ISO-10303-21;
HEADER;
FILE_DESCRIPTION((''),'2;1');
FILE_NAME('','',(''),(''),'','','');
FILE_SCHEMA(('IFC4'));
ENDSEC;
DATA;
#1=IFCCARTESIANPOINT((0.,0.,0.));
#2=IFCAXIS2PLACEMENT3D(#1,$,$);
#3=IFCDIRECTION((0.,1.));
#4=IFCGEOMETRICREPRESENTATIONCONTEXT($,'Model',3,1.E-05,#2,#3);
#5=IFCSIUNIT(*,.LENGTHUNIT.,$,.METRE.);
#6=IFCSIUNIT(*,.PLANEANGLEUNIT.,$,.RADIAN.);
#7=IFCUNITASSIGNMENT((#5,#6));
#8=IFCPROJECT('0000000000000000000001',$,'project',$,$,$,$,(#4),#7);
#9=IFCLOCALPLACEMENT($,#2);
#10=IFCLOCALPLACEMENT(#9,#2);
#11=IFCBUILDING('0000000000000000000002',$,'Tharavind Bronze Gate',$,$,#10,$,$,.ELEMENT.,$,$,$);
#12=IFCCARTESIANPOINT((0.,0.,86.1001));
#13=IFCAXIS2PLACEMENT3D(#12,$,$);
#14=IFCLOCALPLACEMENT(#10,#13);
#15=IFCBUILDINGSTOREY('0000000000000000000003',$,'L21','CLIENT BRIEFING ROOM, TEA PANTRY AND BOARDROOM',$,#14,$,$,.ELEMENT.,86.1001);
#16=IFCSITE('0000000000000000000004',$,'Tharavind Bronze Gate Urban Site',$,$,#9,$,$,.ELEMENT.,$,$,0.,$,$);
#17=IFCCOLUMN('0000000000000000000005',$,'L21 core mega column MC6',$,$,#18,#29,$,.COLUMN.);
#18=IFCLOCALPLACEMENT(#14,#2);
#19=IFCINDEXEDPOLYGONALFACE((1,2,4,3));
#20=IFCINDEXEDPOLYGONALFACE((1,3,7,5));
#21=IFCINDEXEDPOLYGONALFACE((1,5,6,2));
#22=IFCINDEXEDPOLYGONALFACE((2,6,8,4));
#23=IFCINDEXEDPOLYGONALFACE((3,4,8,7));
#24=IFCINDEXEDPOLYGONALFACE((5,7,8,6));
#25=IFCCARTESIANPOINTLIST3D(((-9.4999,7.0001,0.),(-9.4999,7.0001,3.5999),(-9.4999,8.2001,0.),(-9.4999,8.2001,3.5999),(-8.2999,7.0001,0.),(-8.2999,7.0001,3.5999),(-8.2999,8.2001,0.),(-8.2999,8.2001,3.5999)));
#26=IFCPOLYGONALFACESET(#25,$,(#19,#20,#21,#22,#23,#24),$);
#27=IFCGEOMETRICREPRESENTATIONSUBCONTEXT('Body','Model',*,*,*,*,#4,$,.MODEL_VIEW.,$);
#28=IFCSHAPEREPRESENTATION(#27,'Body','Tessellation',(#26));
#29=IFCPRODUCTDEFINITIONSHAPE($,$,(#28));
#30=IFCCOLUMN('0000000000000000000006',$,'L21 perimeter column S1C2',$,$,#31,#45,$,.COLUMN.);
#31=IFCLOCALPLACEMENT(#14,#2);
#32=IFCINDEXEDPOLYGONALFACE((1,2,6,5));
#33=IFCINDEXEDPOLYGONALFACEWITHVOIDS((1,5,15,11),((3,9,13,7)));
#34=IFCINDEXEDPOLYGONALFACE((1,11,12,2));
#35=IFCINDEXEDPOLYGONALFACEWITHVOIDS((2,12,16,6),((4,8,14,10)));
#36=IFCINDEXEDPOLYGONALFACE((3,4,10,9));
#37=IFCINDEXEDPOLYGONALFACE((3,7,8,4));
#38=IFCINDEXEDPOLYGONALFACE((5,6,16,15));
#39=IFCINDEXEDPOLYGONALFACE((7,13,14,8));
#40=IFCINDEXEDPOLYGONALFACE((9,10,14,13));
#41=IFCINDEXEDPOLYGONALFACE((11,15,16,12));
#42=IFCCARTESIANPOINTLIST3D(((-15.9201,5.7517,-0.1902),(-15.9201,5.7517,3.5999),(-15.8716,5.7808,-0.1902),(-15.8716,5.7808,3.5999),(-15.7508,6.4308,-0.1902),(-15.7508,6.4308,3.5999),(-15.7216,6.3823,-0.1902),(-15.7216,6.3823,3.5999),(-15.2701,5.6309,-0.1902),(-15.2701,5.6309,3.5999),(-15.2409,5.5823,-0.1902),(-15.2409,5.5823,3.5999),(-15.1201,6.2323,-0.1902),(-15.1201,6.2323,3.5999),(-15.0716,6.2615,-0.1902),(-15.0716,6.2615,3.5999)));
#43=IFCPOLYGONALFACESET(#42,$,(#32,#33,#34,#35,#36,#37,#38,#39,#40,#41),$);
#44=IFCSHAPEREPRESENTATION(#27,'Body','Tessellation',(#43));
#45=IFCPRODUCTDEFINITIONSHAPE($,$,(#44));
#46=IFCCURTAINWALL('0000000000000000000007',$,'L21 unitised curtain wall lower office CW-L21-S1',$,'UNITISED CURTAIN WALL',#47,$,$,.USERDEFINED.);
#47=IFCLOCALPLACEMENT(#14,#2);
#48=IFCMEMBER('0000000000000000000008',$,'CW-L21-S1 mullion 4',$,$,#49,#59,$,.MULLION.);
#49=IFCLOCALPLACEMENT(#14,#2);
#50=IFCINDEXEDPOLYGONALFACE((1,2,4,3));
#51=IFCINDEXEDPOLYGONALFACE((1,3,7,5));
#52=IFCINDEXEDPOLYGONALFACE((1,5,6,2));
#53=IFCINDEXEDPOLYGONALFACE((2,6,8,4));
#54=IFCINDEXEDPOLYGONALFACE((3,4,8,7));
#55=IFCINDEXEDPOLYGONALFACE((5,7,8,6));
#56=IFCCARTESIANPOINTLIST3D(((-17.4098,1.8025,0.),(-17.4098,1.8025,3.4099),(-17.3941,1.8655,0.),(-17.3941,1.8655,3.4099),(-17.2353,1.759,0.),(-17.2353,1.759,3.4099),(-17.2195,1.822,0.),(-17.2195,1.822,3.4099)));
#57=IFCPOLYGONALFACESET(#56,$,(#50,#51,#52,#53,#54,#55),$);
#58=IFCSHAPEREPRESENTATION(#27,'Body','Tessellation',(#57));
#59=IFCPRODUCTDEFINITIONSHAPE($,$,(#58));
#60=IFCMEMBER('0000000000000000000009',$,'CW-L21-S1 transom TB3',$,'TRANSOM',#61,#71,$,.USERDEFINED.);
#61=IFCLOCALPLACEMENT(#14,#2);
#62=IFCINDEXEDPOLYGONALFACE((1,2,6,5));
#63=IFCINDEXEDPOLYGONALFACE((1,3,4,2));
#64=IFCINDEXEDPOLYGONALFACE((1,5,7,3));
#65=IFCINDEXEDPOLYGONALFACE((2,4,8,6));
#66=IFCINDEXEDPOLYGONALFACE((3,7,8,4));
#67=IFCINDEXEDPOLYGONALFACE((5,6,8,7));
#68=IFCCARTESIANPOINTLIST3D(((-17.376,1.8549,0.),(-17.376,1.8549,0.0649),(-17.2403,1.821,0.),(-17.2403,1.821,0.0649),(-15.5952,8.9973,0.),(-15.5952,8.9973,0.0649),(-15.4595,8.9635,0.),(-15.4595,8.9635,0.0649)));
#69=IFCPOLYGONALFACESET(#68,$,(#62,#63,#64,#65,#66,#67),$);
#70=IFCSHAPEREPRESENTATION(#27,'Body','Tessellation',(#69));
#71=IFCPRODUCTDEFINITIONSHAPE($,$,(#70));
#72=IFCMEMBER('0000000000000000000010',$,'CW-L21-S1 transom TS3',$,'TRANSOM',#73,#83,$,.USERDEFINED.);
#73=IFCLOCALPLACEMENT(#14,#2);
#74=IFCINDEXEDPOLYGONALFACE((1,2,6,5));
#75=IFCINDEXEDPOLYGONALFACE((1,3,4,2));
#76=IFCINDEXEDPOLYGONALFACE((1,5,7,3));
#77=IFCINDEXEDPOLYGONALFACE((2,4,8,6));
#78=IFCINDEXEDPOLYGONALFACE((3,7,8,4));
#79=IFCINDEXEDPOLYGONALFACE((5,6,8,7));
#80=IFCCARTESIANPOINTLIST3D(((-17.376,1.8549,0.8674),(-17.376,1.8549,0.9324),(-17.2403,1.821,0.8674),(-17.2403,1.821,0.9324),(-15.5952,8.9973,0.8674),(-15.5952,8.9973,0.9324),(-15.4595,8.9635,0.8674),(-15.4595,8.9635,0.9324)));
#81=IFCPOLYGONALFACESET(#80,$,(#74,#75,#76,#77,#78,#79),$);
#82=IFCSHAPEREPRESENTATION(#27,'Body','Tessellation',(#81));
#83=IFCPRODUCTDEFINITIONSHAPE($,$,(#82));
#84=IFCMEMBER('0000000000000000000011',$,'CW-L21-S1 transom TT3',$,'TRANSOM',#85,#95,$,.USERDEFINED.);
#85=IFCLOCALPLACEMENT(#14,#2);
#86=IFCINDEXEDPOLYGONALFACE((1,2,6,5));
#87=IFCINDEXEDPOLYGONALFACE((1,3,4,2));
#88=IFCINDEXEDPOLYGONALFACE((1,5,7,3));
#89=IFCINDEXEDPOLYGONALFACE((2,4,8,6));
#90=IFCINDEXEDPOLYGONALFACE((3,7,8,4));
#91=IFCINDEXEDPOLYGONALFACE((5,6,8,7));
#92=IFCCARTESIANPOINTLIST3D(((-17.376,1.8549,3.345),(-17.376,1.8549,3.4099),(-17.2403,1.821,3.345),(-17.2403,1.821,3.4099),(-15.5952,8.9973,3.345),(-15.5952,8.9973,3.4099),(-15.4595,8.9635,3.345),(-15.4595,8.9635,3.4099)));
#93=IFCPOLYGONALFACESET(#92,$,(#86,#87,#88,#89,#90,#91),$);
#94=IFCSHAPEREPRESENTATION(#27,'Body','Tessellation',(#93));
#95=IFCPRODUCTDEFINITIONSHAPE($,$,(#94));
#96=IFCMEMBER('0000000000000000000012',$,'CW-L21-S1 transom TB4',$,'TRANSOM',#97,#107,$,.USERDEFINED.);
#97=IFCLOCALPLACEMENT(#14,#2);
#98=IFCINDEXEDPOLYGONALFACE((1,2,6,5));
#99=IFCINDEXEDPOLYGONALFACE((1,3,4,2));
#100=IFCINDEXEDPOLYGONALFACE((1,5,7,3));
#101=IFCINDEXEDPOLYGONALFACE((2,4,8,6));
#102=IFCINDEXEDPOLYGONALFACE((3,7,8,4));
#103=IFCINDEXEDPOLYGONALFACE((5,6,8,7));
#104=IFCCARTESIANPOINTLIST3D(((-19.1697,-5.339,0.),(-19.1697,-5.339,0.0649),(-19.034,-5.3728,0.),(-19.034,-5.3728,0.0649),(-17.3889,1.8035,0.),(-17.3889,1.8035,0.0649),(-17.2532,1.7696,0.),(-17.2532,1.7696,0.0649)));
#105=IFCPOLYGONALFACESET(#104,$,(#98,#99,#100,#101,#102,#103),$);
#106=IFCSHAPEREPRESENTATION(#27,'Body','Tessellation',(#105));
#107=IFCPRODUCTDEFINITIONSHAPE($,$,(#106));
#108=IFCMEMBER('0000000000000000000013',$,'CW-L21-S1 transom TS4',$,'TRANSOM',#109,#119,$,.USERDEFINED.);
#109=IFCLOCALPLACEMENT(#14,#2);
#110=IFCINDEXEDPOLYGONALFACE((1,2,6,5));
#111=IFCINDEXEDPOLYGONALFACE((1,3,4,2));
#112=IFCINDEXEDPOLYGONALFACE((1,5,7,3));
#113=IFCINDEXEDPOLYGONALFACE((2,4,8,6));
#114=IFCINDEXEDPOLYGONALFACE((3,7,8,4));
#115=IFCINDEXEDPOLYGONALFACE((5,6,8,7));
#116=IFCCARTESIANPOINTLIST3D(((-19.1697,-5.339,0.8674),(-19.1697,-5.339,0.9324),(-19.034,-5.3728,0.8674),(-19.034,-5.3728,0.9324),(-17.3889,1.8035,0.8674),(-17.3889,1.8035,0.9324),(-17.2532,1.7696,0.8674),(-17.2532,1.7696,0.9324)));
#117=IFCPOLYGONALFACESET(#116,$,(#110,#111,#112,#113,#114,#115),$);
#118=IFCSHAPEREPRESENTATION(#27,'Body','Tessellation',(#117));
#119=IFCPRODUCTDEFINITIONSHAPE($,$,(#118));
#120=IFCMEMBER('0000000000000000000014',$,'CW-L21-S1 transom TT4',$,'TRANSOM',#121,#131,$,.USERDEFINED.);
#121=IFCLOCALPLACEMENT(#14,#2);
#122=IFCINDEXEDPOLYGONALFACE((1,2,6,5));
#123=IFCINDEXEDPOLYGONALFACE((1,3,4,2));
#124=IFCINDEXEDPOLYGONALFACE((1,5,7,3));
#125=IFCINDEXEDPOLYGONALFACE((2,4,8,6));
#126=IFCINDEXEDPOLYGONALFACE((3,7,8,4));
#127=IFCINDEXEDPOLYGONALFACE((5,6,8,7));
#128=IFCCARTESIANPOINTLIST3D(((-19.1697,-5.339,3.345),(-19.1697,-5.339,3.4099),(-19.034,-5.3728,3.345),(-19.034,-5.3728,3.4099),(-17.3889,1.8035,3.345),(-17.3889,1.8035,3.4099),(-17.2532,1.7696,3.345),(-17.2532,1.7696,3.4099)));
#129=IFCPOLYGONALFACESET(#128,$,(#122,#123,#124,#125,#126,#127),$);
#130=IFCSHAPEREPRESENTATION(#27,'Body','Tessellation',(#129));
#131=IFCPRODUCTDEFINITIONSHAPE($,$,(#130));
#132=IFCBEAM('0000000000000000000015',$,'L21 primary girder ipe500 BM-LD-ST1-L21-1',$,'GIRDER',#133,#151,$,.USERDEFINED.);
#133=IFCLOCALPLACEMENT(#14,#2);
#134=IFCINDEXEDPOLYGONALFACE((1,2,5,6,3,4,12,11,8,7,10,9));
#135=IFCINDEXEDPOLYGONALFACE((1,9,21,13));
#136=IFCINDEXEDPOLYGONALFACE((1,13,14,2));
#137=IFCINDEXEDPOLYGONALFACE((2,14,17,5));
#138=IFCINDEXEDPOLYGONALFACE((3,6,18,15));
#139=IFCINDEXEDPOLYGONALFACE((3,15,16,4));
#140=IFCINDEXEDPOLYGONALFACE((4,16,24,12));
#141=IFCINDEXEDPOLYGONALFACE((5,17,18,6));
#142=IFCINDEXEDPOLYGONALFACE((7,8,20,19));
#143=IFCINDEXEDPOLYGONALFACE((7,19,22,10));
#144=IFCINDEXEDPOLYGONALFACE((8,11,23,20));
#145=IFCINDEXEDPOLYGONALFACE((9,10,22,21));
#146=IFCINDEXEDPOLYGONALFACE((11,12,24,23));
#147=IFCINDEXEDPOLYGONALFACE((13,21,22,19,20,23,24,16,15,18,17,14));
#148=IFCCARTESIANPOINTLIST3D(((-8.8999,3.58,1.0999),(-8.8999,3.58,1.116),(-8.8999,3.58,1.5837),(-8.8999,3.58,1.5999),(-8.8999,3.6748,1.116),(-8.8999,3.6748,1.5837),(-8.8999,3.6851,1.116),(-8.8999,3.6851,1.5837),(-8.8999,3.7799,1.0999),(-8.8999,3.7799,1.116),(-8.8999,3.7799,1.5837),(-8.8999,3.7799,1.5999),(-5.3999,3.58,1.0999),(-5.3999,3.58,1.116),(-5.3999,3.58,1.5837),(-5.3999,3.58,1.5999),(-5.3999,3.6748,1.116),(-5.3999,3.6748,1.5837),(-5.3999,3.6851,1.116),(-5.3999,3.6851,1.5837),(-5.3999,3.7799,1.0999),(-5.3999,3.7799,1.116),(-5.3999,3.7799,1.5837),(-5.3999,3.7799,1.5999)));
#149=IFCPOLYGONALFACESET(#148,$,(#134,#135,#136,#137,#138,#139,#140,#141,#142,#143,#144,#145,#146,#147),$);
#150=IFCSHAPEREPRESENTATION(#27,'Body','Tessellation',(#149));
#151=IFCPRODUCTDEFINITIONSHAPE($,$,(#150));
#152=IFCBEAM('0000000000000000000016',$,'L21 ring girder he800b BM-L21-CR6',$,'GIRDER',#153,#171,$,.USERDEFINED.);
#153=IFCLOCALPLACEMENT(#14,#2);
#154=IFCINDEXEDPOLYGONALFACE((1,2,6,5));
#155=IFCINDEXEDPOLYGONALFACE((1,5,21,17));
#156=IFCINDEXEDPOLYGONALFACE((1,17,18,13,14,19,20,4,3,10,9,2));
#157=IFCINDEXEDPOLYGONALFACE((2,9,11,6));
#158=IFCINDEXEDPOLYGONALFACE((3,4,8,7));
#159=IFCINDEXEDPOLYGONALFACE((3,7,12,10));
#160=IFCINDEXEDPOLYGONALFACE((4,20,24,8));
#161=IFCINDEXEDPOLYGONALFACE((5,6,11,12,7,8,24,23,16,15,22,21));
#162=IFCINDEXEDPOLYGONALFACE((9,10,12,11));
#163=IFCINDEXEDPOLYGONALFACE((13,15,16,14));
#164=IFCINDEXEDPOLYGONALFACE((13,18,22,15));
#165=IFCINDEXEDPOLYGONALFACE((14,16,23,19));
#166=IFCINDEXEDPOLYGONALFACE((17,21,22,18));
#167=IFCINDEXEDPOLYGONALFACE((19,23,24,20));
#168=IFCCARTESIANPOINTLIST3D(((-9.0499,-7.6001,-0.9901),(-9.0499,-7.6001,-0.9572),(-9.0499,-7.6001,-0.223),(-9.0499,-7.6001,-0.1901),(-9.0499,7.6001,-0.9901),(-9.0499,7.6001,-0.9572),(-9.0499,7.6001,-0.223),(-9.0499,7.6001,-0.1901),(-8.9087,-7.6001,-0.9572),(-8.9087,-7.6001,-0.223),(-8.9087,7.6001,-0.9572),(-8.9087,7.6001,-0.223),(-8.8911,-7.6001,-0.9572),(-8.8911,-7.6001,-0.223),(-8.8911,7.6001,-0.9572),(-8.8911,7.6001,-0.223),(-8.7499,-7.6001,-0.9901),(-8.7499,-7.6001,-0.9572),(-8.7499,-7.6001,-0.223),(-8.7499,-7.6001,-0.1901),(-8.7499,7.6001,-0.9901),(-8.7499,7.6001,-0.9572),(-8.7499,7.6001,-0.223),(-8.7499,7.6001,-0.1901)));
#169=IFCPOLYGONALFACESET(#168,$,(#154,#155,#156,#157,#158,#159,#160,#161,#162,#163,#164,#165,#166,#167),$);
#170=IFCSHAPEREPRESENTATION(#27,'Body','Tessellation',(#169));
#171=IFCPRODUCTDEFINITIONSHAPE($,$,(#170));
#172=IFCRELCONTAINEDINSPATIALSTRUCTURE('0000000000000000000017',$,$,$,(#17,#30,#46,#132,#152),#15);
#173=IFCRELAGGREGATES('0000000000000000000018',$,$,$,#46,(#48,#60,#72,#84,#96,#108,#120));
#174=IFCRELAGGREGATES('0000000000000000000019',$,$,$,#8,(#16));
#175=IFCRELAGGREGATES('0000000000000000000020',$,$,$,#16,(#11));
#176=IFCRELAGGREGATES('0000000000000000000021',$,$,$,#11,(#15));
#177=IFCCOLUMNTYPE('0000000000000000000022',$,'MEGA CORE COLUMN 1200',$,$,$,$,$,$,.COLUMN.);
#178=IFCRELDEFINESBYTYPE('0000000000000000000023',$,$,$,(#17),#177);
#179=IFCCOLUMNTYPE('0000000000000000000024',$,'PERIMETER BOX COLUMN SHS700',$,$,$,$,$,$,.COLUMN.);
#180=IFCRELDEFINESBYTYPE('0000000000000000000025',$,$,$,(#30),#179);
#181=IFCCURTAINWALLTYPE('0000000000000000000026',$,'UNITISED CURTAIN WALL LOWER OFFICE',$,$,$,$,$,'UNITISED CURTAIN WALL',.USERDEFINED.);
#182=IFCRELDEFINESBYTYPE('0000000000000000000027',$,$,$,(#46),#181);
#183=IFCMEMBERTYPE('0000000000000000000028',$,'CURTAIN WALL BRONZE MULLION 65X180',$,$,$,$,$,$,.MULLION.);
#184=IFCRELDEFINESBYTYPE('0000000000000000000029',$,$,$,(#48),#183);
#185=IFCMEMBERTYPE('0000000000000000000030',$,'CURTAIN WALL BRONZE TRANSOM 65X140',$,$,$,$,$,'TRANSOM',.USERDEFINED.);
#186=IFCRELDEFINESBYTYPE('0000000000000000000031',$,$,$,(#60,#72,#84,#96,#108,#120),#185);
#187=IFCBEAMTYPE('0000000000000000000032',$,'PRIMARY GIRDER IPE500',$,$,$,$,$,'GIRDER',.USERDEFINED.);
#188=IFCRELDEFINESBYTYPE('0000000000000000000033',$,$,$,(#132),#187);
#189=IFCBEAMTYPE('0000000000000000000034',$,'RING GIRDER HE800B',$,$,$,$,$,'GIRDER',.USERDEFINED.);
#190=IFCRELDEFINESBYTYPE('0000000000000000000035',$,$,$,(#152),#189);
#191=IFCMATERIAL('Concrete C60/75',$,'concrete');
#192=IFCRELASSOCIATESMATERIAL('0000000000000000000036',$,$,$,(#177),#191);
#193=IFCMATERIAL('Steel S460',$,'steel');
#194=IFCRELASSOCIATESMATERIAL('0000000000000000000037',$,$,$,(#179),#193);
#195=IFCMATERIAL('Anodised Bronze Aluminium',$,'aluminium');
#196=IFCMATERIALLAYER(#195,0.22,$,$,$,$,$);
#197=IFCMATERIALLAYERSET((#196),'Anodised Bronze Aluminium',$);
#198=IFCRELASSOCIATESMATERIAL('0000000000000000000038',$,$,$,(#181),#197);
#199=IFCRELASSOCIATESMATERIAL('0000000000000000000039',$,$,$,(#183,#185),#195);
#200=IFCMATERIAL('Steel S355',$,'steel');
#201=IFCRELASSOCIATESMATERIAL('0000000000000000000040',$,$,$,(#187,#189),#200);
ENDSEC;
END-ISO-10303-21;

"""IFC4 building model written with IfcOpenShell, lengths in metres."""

from ifc_helpers import new_model, si_unit, direction, frame, origin, origin_2d, place, context, subcontext, project, spatial, rectangle, hollow_rectangle, i_section, extrude, material, layer, layer_set, material_profile, profile_set, type_object, element, aggregate, save


model = new_model("IFC4")

# Units and contexts
model_context = context("Model", 3, precision=1e-05, world=origin(), true_north=direction((0.0, 1.0)))
body_context = subcontext(model_context, "Body", "Model", "MODEL_VIEW")
ifc_project = project(units=[si_unit("LENGTHUNIT", "METRE"), si_unit("PLANEANGLEUNIT", "RADIAN")], contexts=[model_context])

# Site, building, storey
site_placement = place(None, origin())
site = spatial("IfcSite", under=ifc_project, at=site_placement, Name="Tharavind Bronze Gate Urban Site", CompositionType="ELEMENT", RefElevation=0.0)
building_placement = place(site_placement, origin())
building = spatial("IfcBuilding", under=site, at=building_placement, Name="Tharavind Bronze Gate", CompositionType="ELEMENT")
storey_placement = place(building_placement, frame((0.0, 0.0, 86.1001)))
storey = spatial("IfcBuildingStorey", under=building, at=storey_placement, Name="L21", Description="CLIENT BRIEFING ROOM, TEA PANTRY AND BOARDROOM", CompositionType="ELEMENT", Elevation=86.1001)

# Columns
ifc_material_1 = material(Name="Concrete C60/75", Category="concrete")
ifc_material_profile_1 = material_profile(ifc_material_1, rectangle(XDim=1.2, YDim=1.2, at=origin_2d()), Name="RCCOL1200")
ifc_profile_set_1 = profile_set([ifc_material_profile_1], Name="Concrete C60/75")
column_type_1 = type_object("IfcColumnType", Name="MEGA CORE COLUMN 1200", PredefinedType="COLUMN", material=ifc_profile_set_1)
column_1_placement = place(storey_placement, frame((-8.8999, 7.6001, 0.0), z_axis=(0.0, 0.0, 1.0), x_axis=(1.0, 0.0, 0.0)))
element("IfcColumn", 1, at=column_1_placement, inside=storey, type_object=column_type_1, Name="L21 core mega column MC6", PredefinedType="COLUMN", context=body_context, shape_type="SweptSolid", body=[
    extrude(rectangle(XDim=1.2, YDim=1.2, at=origin_2d()), origin(), (0.0, 0.0, 1.0), 3.5999),
])
ifc_material_2 = material(Name="Steel S460", Category="steel")
ifc_material_profile_2 = material_profile(ifc_material_2, hollow_rectangle(XDim=0.7, YDim=0.7, WallThickness=0.04, at=origin_2d()), Name="SHS700X40")
ifc_profile_set_2 = profile_set([ifc_material_profile_2], Name="Steel S460")
column_type_2 = type_object("IfcColumnType", Name="PERIMETER BOX COLUMN SHS700", PredefinedType="COLUMN", material=ifc_profile_set_2)
column_2_placement = place(storey_placement, frame((-15.4958, 6.0066, -0.1902), z_axis=(0.0, 0.0, 1.0), x_axis=(0.241922, 0.970296, 0.0)))
element("IfcColumn", 2, at=column_2_placement, inside=storey, type_object=column_type_2, Name="L21 perimeter column S1C2", PredefinedType="COLUMN", context=body_context, shape_type="SweptSolid", body=[
    extrude(hollow_rectangle(XDim=0.7, YDim=0.7, WallThickness=0.04, at=origin_2d()), origin(), (0.0, 0.0, 1.0), 3.79),
])

# Curtain wall, members
ifc_material_3 = material(Name="Anodised Bronze Aluminium", Category="aluminium")
ifc_layer_1 = layer(ifc_material_3, 0.22)
ifc_layer_set_1 = layer_set([ifc_layer_1], Name="Anodised Bronze Aluminium")
curtain_wall_type = type_object("IfcCurtainWallType", Name="UNITISED CURTAIN WALL LOWER OFFICE", ElementType="UNITISED CURTAIN WALL", PredefinedType="USERDEFINED", material=ifc_layer_set_1)
curtain_wall_placement = place(storey_placement, origin())
curtain_wall = element("IfcCurtainWall", 3, at=curtain_wall_placement, inside=storey, type_object=curtain_wall_type, Name="L21 unitised curtain wall lower office CW-L21-S1", ObjectType="UNITISED CURTAIN WALL", PredefinedType="USERDEFINED")
member_type_1 = type_object("IfcMemberType", Name="CURTAIN WALL BRONZE MULLION 65X180", PredefinedType="MULLION", material=ifc_material_3)
member_1_placement = place(storey_placement, frame((-17.3147, 1.8123, 0.0), z_axis=(0.0, 0.0, 1.0), x_axis=(-0.241922, -0.970296, 0.0)))
member_1 = element("IfcMember", 4, at=member_1_placement, type_object=member_type_1, Name="CW-L21-S1 mullion 4", PredefinedType="MULLION", context=body_context, shape_type="SweptSolid", body=[
    extrude(rectangle(XDim=0.0649, YDim=0.1799, at=origin_2d()), origin(), (0.0, 0.0, 1.0), 3.4099),
])
member_type_2 = type_object("IfcMemberType", Name="CURTAIN WALL BRONZE TRANSOM 65X140", ElementType="TRANSOM", PredefinedType="USERDEFINED", material=ifc_material_3)
member_2_placement = place(storey_placement, frame((-16.4177, 5.4092, 0.0), z_axis=(0.0, 0.0, 1.0), x_axis=(-0.241922, -0.970296, 0.0)))
member_2 = element("IfcMember", 5, at=member_2_placement, type_object=member_type_2, Name="CW-L21-S1 transom TB3", ObjectType="TRANSOM", PredefinedType="USERDEFINED", context=body_context, shape_type="SweptSolid", body=[
    extrude(rectangle(XDim=7.3611, YDim=0.1399, at=origin_2d()), origin(), (0.0, 0.0, 1.0), 0.0649),
])
member_3_placement = place(storey_placement, frame((-16.4177, 5.4092, 0.8674), z_axis=(0.0, 0.0, 1.0), x_axis=(-0.241922, -0.970296, 0.0)))
member_3 = element("IfcMember", 6, at=member_3_placement, type_object=member_type_2, Name="CW-L21-S1 transom TS3", ObjectType="TRANSOM", PredefinedType="USERDEFINED", context=body_context, shape_type="SweptSolid", body=[
    extrude(rectangle(XDim=7.3611, YDim=0.1399, at=origin_2d()), origin(), (0.0, 0.0, 1.0), 0.0649),
])
member_4_placement = place(storey_placement, frame((-16.4177, 5.4092, 3.345), z_axis=(0.0, 0.0, 1.0), x_axis=(-0.241922, -0.970296, 0.0)))
member_4 = element("IfcMember", 7, at=member_4_placement, type_object=member_type_2, Name="CW-L21-S1 transom TT3", ObjectType="TRANSOM", PredefinedType="USERDEFINED", context=body_context, shape_type="SweptSolid", body=[
    extrude(rectangle(XDim=7.3611, YDim=0.1399, at=origin_2d()), origin(), (0.0, 0.0, 1.0), 0.0649),
])
member_5_placement = place(storey_placement, frame((-18.2114, -1.7847, 0.0), z_axis=(0.0, 0.0, 1.0), x_axis=(-0.241922, -0.970296, 0.0)))
member_5 = element("IfcMember", 8, at=member_5_placement, type_object=member_type_2, Name="CW-L21-S1 transom TB4", ObjectType="TRANSOM", PredefinedType="USERDEFINED", context=body_context, shape_type="SweptSolid", body=[
    extrude(rectangle(XDim=7.3611, YDim=0.1399, at=origin_2d()), origin(), (0.0, 0.0, 1.0), 0.0649),
])
member_6_placement = place(storey_placement, frame((-18.2114, -1.7847, 0.8674), z_axis=(0.0, 0.0, 1.0), x_axis=(-0.241922, -0.970296, 0.0)))
member_6 = element("IfcMember", 9, at=member_6_placement, type_object=member_type_2, Name="CW-L21-S1 transom TS4", ObjectType="TRANSOM", PredefinedType="USERDEFINED", context=body_context, shape_type="SweptSolid", body=[
    extrude(rectangle(XDim=7.3611, YDim=0.1399, at=origin_2d()), origin(), (0.0, 0.0, 1.0), 0.0649),
])
member_7_placement = place(storey_placement, frame((-18.2114, -1.7847, 3.345), z_axis=(0.0, 0.0, 1.0), x_axis=(-0.241922, -0.970296, 0.0)))
member_7 = element("IfcMember", 10, at=member_7_placement, type_object=member_type_2, Name="CW-L21-S1 transom TT4", ObjectType="TRANSOM", PredefinedType="USERDEFINED", context=body_context, shape_type="SweptSolid", body=[
    extrude(rectangle(XDim=7.3611, YDim=0.1399, at=origin_2d()), origin(), (0.0, 0.0, 1.0), 0.0649),
])

# Beams
ifc_material_4 = material(Name="Steel S355", Category="steel")
ifc_material_profile_3 = material_profile(ifc_material_4, i_section(OverallWidth=0.2, OverallDepth=0.5, WebThickness=0.0103, FlangeThickness=0.0161, at=origin_2d()), Name="IPE500")
ifc_profile_set_3 = profile_set([ifc_material_profile_3], Name="Steel S355")
beam_type_1 = type_object("IfcBeamType", Name="PRIMARY GIRDER IPE500", ElementType="GIRDER", PredefinedType="USERDEFINED", material=ifc_profile_set_3)
beam_1_placement = place(storey_placement, frame((-8.8999, 3.6799, 1.3499), z_axis=(1.0, 0.0, 0.0), x_axis=(0.0, 1.0, 0.0)))
element("IfcBeam", 11, at=beam_1_placement, inside=storey, type_object=beam_type_1, Name="L21 primary girder ipe500 BM-LD-ST1-L21-1", ObjectType="GIRDER", PredefinedType="USERDEFINED", context=body_context, shape_type="SweptSolid", body=[
    extrude(i_section(OverallWidth=0.2, OverallDepth=0.5, WebThickness=0.0103, FlangeThickness=0.0161, at=origin_2d()), origin(), (0.0, 0.0, 1.0), 3.5),
])
ifc_material_profile_4 = material_profile(ifc_material_4, i_section(OverallWidth=0.3, OverallDepth=0.8, WebThickness=0.0176, FlangeThickness=0.033, at=origin_2d()), Name="HE800B")
ifc_profile_set_4 = profile_set([ifc_material_profile_4], Name="Steel S355")
beam_type_2 = type_object("IfcBeamType", Name="RING GIRDER HE800B", ElementType="GIRDER", PredefinedType="USERDEFINED", material=ifc_profile_set_4)
beam_2_placement = place(storey_placement, frame((-8.8999, 7.6001, -0.5901), z_axis=(0.0, -1.0, 0.0), x_axis=(1.0, 0.0, 0.0)))
element("IfcBeam", 12, at=beam_2_placement, inside=storey, type_object=beam_type_2, Name="L21 ring girder he800b BM-L21-CR6", ObjectType="GIRDER", PredefinedType="USERDEFINED", context=body_context, shape_type="SweptSolid", body=[
    extrude(i_section(OverallWidth=0.3, OverallDepth=0.8, WebThickness=0.0176, FlangeThickness=0.033, at=origin_2d()), origin(), (0.0, 0.0, 1.0), 15.2002),
])

aggregate(curtain_wall, [member_1, member_2, member_3, member_4, member_5, member_6, member_7])

save(model, "model.ifc")
